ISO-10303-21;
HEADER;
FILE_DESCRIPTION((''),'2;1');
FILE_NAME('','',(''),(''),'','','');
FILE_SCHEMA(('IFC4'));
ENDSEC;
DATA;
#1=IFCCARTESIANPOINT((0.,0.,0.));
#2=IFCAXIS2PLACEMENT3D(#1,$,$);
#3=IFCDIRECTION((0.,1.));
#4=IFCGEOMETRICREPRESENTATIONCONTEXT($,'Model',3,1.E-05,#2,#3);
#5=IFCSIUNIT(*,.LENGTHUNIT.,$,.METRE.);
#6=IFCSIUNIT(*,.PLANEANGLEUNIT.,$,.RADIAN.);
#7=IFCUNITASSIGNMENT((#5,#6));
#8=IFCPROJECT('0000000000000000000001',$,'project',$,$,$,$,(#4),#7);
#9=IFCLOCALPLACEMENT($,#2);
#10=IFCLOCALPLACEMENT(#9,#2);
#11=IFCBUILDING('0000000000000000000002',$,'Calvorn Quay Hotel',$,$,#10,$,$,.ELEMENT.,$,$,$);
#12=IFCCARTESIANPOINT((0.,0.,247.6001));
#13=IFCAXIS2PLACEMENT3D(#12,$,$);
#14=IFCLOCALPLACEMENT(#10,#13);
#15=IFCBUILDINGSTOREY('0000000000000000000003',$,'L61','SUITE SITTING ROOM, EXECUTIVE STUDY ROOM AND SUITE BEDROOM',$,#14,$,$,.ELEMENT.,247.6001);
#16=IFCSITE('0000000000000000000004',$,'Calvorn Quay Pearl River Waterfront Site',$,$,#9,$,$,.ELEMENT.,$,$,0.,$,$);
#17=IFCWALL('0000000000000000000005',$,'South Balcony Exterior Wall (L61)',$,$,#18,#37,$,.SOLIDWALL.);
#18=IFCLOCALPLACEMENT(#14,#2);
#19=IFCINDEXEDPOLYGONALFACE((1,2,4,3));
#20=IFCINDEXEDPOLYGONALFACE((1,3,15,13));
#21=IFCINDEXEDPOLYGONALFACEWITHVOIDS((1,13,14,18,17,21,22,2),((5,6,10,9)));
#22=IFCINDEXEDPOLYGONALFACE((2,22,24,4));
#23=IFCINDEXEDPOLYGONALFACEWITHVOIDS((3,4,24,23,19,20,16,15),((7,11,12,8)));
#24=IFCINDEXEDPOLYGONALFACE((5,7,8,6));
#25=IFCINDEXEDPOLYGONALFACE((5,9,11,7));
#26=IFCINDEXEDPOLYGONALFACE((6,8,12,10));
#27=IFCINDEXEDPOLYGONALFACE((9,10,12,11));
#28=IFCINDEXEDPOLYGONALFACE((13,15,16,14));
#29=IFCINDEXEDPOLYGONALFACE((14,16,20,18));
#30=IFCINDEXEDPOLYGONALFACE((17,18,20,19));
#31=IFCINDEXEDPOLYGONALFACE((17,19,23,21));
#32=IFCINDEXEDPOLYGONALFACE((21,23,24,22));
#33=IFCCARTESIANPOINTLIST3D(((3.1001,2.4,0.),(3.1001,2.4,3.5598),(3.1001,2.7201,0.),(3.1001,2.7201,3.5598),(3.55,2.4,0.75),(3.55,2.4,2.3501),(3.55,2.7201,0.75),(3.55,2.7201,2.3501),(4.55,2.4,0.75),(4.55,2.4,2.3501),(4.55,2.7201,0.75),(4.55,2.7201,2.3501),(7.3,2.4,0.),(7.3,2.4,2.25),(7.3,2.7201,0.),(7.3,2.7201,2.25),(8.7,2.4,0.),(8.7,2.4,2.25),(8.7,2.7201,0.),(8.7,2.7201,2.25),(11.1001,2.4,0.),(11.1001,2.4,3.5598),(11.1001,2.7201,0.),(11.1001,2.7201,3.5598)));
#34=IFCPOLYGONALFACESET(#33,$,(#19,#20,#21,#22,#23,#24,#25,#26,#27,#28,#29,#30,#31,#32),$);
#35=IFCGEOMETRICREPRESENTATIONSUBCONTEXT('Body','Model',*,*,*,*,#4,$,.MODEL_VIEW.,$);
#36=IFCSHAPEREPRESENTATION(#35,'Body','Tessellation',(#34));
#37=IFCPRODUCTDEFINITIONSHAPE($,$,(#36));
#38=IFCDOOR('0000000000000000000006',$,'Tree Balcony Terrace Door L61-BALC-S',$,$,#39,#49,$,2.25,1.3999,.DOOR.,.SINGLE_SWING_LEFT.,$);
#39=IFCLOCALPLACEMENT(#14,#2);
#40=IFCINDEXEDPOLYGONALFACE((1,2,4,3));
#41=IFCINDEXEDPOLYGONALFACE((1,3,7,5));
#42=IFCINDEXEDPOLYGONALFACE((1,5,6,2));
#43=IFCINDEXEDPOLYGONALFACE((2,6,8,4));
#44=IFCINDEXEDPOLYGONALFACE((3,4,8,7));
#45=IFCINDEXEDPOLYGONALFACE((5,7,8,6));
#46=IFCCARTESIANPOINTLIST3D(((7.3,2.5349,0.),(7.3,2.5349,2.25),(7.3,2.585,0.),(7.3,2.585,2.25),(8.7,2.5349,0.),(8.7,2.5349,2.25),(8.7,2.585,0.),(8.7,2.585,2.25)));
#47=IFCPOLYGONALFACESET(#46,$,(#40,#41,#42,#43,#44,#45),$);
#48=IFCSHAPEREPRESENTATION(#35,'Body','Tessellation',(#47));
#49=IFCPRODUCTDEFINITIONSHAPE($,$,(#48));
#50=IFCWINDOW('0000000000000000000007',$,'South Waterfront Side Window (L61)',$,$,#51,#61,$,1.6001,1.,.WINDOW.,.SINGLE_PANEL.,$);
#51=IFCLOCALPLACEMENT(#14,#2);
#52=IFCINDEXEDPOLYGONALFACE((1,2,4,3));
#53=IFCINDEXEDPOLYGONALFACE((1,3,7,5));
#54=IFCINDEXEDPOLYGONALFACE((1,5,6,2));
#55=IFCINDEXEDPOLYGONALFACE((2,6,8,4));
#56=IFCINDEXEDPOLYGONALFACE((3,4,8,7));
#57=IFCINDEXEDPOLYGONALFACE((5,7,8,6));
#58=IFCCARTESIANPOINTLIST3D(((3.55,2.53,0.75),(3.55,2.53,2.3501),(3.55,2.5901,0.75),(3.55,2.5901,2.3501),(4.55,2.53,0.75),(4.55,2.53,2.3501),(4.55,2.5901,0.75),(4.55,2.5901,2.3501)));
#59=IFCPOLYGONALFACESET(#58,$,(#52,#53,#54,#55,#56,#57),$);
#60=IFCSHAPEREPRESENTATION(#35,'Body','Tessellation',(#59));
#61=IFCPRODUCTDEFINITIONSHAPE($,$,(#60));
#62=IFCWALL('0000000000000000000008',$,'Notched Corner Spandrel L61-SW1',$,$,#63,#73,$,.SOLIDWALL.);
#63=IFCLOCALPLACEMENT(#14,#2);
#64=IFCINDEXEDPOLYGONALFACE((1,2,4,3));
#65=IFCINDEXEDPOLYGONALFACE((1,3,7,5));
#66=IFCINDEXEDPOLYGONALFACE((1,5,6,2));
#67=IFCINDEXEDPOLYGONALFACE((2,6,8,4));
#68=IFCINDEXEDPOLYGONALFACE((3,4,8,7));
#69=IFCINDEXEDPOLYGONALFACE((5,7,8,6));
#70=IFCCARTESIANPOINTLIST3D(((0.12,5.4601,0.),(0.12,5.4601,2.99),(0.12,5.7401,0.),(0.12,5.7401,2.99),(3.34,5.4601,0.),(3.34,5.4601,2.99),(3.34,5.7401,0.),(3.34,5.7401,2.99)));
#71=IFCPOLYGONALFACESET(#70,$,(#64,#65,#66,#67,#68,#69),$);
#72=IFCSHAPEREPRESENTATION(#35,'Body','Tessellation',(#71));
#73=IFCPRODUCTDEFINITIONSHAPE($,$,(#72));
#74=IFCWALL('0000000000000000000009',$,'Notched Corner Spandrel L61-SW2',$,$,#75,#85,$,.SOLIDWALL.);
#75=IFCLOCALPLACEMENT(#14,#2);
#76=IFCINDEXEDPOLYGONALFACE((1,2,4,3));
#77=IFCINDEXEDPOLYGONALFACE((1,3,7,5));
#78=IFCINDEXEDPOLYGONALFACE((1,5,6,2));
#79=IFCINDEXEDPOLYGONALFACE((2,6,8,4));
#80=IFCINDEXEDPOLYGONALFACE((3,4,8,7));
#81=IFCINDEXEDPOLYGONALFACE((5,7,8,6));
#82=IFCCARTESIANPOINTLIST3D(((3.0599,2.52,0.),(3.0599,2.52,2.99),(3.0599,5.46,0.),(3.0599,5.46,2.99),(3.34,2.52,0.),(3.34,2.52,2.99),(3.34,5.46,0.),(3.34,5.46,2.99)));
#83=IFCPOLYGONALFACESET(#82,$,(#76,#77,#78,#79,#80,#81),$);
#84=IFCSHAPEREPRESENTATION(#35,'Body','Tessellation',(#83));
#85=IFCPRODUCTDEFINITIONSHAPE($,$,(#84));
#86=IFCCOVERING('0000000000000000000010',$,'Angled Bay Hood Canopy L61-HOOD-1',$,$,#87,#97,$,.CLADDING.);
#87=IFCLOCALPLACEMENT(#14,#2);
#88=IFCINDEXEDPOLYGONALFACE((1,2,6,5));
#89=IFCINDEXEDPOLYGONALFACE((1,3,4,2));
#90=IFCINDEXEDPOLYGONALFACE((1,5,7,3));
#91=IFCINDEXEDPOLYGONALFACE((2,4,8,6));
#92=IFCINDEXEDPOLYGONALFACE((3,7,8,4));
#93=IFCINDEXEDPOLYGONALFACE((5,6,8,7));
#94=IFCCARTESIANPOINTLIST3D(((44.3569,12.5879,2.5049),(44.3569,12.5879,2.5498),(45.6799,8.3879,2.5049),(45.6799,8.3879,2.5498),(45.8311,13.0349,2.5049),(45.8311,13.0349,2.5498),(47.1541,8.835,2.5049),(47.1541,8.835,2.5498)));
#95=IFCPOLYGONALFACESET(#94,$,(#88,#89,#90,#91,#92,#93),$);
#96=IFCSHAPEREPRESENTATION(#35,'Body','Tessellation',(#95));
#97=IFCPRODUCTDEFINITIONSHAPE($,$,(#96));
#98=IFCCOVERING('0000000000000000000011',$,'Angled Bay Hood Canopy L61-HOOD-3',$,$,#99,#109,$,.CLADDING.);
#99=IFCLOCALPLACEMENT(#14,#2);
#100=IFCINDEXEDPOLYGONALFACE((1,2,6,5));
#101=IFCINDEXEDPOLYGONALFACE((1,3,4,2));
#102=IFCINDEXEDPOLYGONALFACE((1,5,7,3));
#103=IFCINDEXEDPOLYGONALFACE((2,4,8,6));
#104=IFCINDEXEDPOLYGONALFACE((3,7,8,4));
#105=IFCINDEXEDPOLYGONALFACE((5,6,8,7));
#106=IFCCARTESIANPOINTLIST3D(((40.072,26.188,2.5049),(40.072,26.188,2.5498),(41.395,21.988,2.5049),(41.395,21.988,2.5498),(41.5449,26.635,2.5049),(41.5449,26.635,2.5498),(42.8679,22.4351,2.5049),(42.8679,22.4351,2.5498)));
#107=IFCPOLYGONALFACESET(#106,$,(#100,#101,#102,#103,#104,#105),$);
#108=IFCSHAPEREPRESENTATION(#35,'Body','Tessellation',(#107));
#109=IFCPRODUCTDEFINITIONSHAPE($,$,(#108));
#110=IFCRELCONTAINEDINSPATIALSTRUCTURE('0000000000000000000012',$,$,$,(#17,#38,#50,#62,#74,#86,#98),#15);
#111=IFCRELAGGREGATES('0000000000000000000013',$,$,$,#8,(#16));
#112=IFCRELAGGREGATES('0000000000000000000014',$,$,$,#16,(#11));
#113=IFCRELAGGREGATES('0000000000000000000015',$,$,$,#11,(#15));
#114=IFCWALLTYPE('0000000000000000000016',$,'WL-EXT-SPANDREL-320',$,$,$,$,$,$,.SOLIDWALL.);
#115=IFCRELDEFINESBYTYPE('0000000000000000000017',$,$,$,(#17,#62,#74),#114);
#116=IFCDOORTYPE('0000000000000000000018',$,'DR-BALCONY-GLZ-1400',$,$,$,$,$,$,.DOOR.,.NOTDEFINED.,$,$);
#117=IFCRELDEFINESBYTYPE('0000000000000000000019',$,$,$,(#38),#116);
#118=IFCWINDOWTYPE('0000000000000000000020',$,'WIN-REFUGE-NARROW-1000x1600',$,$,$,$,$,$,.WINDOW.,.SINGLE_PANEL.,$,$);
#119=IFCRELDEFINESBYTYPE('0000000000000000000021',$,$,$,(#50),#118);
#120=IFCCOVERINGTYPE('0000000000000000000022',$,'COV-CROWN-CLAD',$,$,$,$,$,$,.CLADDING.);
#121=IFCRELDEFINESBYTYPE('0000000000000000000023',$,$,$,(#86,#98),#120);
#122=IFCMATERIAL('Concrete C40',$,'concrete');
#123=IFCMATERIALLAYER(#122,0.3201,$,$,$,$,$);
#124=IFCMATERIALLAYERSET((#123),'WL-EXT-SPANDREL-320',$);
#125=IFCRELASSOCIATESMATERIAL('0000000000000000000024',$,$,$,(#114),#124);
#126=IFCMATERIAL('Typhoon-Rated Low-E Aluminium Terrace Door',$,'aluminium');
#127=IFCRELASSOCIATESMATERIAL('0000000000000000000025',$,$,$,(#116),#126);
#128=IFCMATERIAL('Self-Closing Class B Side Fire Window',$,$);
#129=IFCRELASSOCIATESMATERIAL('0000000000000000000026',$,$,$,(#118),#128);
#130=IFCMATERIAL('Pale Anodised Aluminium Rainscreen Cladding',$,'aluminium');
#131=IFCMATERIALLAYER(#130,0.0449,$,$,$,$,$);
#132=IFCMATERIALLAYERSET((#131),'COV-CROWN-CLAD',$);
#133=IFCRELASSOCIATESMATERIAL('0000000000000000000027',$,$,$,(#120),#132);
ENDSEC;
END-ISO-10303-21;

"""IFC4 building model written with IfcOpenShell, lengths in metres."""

from ifc_helpers import new_model, si_unit, direction, frame, frame_2d, origin, place, context, subcontext, project, spatial, polyline, rectangle, outline, extrude, material, layer, layer_set, type_object, element, fill, save


model = new_model("IFC4")

# Units and contexts
model_context = context("Model", 3, precision=1e-05, world=origin(), true_north=direction((0.0, 1.0)))
body_context = subcontext(model_context, "Body", "Model", "MODEL_VIEW")
ifc_project = project(units=[si_unit("LENGTHUNIT", "METRE"), si_unit("PLANEANGLEUNIT", "RADIAN")], contexts=[model_context])

# Site, building, storey
site_placement = place(None, origin())
site = spatial("IfcSite", under=ifc_project, at=site_placement, Name="Calvorn Quay Pearl River Waterfront Site", CompositionType="ELEMENT", RefElevation=0.0)
building_placement = place(site_placement, origin())
building = spatial("IfcBuilding", under=site, at=building_placement, Name="Calvorn Quay Hotel", CompositionType="ELEMENT")
storey_placement = place(building_placement, frame((0.0, 0.0, 247.6001)))
storey = spatial("IfcBuildingStorey", under=building, at=storey_placement, Name="L61", Description="SUITE SITTING ROOM, EXECUTIVE STUDY ROOM AND SUITE BEDROOM", CompositionType="ELEMENT", Elevation=247.6001)

# Wall, openings, door, window
ifc_material_1 = material(Name="Concrete C40", Category="concrete")
ifc_layer_1 = layer(ifc_material_1, 0.3201)
ifc_layer_set_1 = layer_set([ifc_layer_1], Name="WL-EXT-SPANDREL-320")
wall_type = type_object("IfcWallType", Name="WL-EXT-SPANDREL-320", PredefinedType="SOLIDWALL", material=ifc_layer_set_1)
wall_1_placement = place(storey_placement, frame((3.1001, 2.5601, 0.0), z_axis=(0.0, 0.0, 1.0), x_axis=(1.0, 0.0, 0.0)))
wall_1 = element("IfcWall", 1, at=wall_1_placement, inside=storey, type_object=wall_type, Name="South Balcony Exterior Wall (L61)", PredefinedType="SOLIDWALL", context=body_context, shape_type="SweptSolid", body=[
    extrude(rectangle(XDim=8.0, YDim=0.3201, at=frame_2d((4.0, 0.0))), origin(), (0.0, 0.0, 1.0), 3.5598),
])
opening_1_placement = place(wall_1_placement, frame((0.45, 0.0, 0.75)))
opening_1 = element("IfcOpeningElement", 2, at=opening_1_placement, cuts=wall_1, PredefinedType="OPENING", context=body_context, shape_type="SweptSolid", body=[
    extrude(rectangle(XDim=1.0, YDim=1.6001, at=frame_2d((0.5, 0.8))), frame((0.0, 0.1699, 0.0), z_axis=(0.0, -1.0, 0.0), x_axis=(1.0, 0.0, 0.0)), (0.0, 0.0, 1.0), 0.3401),
])
opening_2_placement = place(wall_1_placement, frame((4.2, 0.0, 0.0)))
opening_2 = element("IfcOpeningElement", 3, at=opening_2_placement, cuts=wall_1, PredefinedType="OPENING", context=body_context, shape_type="SweptSolid", body=[
    extrude(rectangle(XDim=1.3999, YDim=2.25, at=frame_2d((0.7, 1.125))), frame((0.0, 0.1699, 0.0), z_axis=(0.0, -1.0, 0.0), x_axis=(1.0, 0.0, 0.0)), (0.0, 0.0, 1.0), 0.3401),
])
ifc_material_2 = material(Name="Typhoon-Rated Low-E Aluminium Terrace Door", Category="aluminium")
door_type = type_object("IfcDoorType", Name="DR-BALCONY-GLZ-1400", OperationType="NOTDEFINED", PredefinedType="DOOR", material=ifc_material_2)
door_placement = place(opening_2_placement, origin())
door = element("IfcDoor", 4, at=door_placement, inside=storey, type_object=door_type, Name="Tree Balcony Terrace Door L61-BALC-S", OperationType="SINGLE_SWING_LEFT", OverallHeight=2.25, OverallWidth=1.3999, PredefinedType="DOOR", context=body_context, shape_type="SweptSolid", body=[
    extrude(rectangle(XDim=1.3999, YDim=2.25, at=frame_2d((0.7, 1.125))), frame((0.0, 0.0249, 0.0), z_axis=(0.0, -1.0, 0.0), x_axis=(1.0, 0.0, 0.0)), (0.0, 0.0, 1.0), 0.05),
])
fill(opening_2, door)
ifc_material_3 = material(Name="Self-Closing Class B Side Fire Window")
window_type = type_object("IfcWindowType", Name="WIN-REFUGE-NARROW-1000x1600", PartitioningType="SINGLE_PANEL", PredefinedType="WINDOW", material=ifc_material_3)
window_placement = place(opening_1_placement, origin())
window = element("IfcWindow", 5, at=window_placement, inside=storey, type_object=window_type, Name="South Waterfront Side Window (L61)", OverallHeight=1.6001, OverallWidth=1.0, PartitioningType="SINGLE_PANEL", PredefinedType="WINDOW", context=body_context, shape_type="SweptSolid", body=[
    extrude(rectangle(XDim=1.0, YDim=1.6001, at=frame_2d((0.5, 0.8))), frame((0.0, 0.03, 0.0), z_axis=(0.0, -1.0, 0.0), x_axis=(1.0, 0.0, 0.0)), (0.0, 0.0, 1.0), 0.0601),
])
fill(opening_1, window)

# Walls
wall_2_placement = place(storey_placement, frame((0.1201, 5.6001, 0.0), z_axis=(0.0, 0.0, 1.0), x_axis=(1.0, 0.0, 0.0)))
element("IfcWall", 6, at=wall_2_placement, inside=storey, type_object=wall_type, Name="Notched Corner Spandrel L61-SW1", PredefinedType="SOLIDWALL", context=body_context, shape_type="SweptSolid", body=[
    extrude(rectangle(XDim=3.22, YDim=0.28, at=frame_2d((1.6099, 0.0))), origin(), (0.0, 0.0, 1.0), 2.99),
])
wall_3_placement = place(storey_placement, frame((3.2, 5.46, 0.0), z_axis=(0.0, 0.0, 1.0), x_axis=(0.0, -1.0, 0.0)))
element("IfcWall", 7, at=wall_3_placement, inside=storey, type_object=wall_type, Name="Notched Corner Spandrel L61-SW2", PredefinedType="SOLIDWALL", context=body_context, shape_type="SweptSolid", body=[
    extrude(rectangle(XDim=2.9399, YDim=0.28, at=frame_2d((1.47, 0.0))), origin(), (0.0, 0.0, 1.0), 2.99),
])

# Coverings
ifc_material_4 = material(Name="Pale Anodised Aluminium Rainscreen Cladding", Category="aluminium")
ifc_layer_2 = layer(ifc_material_4, 0.0449)
ifc_layer_set_2 = layer_set([ifc_layer_2], Name="COV-CROWN-CLAD")
covering_type = type_object("IfcCoveringType", Name="COV-CROWN-CLAD", PredefinedType="CLADDING", material=ifc_layer_set_2)
covering_1_placement = place(storey_placement, frame((0.0, 0.0, 2.5049)))
element("IfcCovering", 8, at=covering_1_placement, inside=storey, type_object=covering_type, Name="Angled Bay Hood Canopy L61-HOOD-1", PredefinedType="CLADDING", context=body_context, shape_type="SweptSolid", body=[
    extrude(outline(polyline([(44.3569, 12.5879), (45.8311, 13.0349), (47.1541, 8.835), (45.6799, 8.3879), (44.3569, 12.5879)])), origin(), (0.0, 0.0, 1.0), 0.0449),
])
covering_2_placement = place(storey_placement, frame((0.0, 0.0, 2.5049)))
element("IfcCovering", 9, at=covering_2_placement, inside=storey, type_object=covering_type, Name="Angled Bay Hood Canopy L61-HOOD-3", PredefinedType="CLADDING", context=body_context, shape_type="SweptSolid", body=[
    extrude(outline(polyline([(40.072, 26.188), (41.5449, 26.635), (42.8679, 22.4351), (41.395, 21.988), (40.072, 26.188)])), origin(), (0.0, 0.0, 1.0), 0.0449),
])

save(model, "model.ifc")
